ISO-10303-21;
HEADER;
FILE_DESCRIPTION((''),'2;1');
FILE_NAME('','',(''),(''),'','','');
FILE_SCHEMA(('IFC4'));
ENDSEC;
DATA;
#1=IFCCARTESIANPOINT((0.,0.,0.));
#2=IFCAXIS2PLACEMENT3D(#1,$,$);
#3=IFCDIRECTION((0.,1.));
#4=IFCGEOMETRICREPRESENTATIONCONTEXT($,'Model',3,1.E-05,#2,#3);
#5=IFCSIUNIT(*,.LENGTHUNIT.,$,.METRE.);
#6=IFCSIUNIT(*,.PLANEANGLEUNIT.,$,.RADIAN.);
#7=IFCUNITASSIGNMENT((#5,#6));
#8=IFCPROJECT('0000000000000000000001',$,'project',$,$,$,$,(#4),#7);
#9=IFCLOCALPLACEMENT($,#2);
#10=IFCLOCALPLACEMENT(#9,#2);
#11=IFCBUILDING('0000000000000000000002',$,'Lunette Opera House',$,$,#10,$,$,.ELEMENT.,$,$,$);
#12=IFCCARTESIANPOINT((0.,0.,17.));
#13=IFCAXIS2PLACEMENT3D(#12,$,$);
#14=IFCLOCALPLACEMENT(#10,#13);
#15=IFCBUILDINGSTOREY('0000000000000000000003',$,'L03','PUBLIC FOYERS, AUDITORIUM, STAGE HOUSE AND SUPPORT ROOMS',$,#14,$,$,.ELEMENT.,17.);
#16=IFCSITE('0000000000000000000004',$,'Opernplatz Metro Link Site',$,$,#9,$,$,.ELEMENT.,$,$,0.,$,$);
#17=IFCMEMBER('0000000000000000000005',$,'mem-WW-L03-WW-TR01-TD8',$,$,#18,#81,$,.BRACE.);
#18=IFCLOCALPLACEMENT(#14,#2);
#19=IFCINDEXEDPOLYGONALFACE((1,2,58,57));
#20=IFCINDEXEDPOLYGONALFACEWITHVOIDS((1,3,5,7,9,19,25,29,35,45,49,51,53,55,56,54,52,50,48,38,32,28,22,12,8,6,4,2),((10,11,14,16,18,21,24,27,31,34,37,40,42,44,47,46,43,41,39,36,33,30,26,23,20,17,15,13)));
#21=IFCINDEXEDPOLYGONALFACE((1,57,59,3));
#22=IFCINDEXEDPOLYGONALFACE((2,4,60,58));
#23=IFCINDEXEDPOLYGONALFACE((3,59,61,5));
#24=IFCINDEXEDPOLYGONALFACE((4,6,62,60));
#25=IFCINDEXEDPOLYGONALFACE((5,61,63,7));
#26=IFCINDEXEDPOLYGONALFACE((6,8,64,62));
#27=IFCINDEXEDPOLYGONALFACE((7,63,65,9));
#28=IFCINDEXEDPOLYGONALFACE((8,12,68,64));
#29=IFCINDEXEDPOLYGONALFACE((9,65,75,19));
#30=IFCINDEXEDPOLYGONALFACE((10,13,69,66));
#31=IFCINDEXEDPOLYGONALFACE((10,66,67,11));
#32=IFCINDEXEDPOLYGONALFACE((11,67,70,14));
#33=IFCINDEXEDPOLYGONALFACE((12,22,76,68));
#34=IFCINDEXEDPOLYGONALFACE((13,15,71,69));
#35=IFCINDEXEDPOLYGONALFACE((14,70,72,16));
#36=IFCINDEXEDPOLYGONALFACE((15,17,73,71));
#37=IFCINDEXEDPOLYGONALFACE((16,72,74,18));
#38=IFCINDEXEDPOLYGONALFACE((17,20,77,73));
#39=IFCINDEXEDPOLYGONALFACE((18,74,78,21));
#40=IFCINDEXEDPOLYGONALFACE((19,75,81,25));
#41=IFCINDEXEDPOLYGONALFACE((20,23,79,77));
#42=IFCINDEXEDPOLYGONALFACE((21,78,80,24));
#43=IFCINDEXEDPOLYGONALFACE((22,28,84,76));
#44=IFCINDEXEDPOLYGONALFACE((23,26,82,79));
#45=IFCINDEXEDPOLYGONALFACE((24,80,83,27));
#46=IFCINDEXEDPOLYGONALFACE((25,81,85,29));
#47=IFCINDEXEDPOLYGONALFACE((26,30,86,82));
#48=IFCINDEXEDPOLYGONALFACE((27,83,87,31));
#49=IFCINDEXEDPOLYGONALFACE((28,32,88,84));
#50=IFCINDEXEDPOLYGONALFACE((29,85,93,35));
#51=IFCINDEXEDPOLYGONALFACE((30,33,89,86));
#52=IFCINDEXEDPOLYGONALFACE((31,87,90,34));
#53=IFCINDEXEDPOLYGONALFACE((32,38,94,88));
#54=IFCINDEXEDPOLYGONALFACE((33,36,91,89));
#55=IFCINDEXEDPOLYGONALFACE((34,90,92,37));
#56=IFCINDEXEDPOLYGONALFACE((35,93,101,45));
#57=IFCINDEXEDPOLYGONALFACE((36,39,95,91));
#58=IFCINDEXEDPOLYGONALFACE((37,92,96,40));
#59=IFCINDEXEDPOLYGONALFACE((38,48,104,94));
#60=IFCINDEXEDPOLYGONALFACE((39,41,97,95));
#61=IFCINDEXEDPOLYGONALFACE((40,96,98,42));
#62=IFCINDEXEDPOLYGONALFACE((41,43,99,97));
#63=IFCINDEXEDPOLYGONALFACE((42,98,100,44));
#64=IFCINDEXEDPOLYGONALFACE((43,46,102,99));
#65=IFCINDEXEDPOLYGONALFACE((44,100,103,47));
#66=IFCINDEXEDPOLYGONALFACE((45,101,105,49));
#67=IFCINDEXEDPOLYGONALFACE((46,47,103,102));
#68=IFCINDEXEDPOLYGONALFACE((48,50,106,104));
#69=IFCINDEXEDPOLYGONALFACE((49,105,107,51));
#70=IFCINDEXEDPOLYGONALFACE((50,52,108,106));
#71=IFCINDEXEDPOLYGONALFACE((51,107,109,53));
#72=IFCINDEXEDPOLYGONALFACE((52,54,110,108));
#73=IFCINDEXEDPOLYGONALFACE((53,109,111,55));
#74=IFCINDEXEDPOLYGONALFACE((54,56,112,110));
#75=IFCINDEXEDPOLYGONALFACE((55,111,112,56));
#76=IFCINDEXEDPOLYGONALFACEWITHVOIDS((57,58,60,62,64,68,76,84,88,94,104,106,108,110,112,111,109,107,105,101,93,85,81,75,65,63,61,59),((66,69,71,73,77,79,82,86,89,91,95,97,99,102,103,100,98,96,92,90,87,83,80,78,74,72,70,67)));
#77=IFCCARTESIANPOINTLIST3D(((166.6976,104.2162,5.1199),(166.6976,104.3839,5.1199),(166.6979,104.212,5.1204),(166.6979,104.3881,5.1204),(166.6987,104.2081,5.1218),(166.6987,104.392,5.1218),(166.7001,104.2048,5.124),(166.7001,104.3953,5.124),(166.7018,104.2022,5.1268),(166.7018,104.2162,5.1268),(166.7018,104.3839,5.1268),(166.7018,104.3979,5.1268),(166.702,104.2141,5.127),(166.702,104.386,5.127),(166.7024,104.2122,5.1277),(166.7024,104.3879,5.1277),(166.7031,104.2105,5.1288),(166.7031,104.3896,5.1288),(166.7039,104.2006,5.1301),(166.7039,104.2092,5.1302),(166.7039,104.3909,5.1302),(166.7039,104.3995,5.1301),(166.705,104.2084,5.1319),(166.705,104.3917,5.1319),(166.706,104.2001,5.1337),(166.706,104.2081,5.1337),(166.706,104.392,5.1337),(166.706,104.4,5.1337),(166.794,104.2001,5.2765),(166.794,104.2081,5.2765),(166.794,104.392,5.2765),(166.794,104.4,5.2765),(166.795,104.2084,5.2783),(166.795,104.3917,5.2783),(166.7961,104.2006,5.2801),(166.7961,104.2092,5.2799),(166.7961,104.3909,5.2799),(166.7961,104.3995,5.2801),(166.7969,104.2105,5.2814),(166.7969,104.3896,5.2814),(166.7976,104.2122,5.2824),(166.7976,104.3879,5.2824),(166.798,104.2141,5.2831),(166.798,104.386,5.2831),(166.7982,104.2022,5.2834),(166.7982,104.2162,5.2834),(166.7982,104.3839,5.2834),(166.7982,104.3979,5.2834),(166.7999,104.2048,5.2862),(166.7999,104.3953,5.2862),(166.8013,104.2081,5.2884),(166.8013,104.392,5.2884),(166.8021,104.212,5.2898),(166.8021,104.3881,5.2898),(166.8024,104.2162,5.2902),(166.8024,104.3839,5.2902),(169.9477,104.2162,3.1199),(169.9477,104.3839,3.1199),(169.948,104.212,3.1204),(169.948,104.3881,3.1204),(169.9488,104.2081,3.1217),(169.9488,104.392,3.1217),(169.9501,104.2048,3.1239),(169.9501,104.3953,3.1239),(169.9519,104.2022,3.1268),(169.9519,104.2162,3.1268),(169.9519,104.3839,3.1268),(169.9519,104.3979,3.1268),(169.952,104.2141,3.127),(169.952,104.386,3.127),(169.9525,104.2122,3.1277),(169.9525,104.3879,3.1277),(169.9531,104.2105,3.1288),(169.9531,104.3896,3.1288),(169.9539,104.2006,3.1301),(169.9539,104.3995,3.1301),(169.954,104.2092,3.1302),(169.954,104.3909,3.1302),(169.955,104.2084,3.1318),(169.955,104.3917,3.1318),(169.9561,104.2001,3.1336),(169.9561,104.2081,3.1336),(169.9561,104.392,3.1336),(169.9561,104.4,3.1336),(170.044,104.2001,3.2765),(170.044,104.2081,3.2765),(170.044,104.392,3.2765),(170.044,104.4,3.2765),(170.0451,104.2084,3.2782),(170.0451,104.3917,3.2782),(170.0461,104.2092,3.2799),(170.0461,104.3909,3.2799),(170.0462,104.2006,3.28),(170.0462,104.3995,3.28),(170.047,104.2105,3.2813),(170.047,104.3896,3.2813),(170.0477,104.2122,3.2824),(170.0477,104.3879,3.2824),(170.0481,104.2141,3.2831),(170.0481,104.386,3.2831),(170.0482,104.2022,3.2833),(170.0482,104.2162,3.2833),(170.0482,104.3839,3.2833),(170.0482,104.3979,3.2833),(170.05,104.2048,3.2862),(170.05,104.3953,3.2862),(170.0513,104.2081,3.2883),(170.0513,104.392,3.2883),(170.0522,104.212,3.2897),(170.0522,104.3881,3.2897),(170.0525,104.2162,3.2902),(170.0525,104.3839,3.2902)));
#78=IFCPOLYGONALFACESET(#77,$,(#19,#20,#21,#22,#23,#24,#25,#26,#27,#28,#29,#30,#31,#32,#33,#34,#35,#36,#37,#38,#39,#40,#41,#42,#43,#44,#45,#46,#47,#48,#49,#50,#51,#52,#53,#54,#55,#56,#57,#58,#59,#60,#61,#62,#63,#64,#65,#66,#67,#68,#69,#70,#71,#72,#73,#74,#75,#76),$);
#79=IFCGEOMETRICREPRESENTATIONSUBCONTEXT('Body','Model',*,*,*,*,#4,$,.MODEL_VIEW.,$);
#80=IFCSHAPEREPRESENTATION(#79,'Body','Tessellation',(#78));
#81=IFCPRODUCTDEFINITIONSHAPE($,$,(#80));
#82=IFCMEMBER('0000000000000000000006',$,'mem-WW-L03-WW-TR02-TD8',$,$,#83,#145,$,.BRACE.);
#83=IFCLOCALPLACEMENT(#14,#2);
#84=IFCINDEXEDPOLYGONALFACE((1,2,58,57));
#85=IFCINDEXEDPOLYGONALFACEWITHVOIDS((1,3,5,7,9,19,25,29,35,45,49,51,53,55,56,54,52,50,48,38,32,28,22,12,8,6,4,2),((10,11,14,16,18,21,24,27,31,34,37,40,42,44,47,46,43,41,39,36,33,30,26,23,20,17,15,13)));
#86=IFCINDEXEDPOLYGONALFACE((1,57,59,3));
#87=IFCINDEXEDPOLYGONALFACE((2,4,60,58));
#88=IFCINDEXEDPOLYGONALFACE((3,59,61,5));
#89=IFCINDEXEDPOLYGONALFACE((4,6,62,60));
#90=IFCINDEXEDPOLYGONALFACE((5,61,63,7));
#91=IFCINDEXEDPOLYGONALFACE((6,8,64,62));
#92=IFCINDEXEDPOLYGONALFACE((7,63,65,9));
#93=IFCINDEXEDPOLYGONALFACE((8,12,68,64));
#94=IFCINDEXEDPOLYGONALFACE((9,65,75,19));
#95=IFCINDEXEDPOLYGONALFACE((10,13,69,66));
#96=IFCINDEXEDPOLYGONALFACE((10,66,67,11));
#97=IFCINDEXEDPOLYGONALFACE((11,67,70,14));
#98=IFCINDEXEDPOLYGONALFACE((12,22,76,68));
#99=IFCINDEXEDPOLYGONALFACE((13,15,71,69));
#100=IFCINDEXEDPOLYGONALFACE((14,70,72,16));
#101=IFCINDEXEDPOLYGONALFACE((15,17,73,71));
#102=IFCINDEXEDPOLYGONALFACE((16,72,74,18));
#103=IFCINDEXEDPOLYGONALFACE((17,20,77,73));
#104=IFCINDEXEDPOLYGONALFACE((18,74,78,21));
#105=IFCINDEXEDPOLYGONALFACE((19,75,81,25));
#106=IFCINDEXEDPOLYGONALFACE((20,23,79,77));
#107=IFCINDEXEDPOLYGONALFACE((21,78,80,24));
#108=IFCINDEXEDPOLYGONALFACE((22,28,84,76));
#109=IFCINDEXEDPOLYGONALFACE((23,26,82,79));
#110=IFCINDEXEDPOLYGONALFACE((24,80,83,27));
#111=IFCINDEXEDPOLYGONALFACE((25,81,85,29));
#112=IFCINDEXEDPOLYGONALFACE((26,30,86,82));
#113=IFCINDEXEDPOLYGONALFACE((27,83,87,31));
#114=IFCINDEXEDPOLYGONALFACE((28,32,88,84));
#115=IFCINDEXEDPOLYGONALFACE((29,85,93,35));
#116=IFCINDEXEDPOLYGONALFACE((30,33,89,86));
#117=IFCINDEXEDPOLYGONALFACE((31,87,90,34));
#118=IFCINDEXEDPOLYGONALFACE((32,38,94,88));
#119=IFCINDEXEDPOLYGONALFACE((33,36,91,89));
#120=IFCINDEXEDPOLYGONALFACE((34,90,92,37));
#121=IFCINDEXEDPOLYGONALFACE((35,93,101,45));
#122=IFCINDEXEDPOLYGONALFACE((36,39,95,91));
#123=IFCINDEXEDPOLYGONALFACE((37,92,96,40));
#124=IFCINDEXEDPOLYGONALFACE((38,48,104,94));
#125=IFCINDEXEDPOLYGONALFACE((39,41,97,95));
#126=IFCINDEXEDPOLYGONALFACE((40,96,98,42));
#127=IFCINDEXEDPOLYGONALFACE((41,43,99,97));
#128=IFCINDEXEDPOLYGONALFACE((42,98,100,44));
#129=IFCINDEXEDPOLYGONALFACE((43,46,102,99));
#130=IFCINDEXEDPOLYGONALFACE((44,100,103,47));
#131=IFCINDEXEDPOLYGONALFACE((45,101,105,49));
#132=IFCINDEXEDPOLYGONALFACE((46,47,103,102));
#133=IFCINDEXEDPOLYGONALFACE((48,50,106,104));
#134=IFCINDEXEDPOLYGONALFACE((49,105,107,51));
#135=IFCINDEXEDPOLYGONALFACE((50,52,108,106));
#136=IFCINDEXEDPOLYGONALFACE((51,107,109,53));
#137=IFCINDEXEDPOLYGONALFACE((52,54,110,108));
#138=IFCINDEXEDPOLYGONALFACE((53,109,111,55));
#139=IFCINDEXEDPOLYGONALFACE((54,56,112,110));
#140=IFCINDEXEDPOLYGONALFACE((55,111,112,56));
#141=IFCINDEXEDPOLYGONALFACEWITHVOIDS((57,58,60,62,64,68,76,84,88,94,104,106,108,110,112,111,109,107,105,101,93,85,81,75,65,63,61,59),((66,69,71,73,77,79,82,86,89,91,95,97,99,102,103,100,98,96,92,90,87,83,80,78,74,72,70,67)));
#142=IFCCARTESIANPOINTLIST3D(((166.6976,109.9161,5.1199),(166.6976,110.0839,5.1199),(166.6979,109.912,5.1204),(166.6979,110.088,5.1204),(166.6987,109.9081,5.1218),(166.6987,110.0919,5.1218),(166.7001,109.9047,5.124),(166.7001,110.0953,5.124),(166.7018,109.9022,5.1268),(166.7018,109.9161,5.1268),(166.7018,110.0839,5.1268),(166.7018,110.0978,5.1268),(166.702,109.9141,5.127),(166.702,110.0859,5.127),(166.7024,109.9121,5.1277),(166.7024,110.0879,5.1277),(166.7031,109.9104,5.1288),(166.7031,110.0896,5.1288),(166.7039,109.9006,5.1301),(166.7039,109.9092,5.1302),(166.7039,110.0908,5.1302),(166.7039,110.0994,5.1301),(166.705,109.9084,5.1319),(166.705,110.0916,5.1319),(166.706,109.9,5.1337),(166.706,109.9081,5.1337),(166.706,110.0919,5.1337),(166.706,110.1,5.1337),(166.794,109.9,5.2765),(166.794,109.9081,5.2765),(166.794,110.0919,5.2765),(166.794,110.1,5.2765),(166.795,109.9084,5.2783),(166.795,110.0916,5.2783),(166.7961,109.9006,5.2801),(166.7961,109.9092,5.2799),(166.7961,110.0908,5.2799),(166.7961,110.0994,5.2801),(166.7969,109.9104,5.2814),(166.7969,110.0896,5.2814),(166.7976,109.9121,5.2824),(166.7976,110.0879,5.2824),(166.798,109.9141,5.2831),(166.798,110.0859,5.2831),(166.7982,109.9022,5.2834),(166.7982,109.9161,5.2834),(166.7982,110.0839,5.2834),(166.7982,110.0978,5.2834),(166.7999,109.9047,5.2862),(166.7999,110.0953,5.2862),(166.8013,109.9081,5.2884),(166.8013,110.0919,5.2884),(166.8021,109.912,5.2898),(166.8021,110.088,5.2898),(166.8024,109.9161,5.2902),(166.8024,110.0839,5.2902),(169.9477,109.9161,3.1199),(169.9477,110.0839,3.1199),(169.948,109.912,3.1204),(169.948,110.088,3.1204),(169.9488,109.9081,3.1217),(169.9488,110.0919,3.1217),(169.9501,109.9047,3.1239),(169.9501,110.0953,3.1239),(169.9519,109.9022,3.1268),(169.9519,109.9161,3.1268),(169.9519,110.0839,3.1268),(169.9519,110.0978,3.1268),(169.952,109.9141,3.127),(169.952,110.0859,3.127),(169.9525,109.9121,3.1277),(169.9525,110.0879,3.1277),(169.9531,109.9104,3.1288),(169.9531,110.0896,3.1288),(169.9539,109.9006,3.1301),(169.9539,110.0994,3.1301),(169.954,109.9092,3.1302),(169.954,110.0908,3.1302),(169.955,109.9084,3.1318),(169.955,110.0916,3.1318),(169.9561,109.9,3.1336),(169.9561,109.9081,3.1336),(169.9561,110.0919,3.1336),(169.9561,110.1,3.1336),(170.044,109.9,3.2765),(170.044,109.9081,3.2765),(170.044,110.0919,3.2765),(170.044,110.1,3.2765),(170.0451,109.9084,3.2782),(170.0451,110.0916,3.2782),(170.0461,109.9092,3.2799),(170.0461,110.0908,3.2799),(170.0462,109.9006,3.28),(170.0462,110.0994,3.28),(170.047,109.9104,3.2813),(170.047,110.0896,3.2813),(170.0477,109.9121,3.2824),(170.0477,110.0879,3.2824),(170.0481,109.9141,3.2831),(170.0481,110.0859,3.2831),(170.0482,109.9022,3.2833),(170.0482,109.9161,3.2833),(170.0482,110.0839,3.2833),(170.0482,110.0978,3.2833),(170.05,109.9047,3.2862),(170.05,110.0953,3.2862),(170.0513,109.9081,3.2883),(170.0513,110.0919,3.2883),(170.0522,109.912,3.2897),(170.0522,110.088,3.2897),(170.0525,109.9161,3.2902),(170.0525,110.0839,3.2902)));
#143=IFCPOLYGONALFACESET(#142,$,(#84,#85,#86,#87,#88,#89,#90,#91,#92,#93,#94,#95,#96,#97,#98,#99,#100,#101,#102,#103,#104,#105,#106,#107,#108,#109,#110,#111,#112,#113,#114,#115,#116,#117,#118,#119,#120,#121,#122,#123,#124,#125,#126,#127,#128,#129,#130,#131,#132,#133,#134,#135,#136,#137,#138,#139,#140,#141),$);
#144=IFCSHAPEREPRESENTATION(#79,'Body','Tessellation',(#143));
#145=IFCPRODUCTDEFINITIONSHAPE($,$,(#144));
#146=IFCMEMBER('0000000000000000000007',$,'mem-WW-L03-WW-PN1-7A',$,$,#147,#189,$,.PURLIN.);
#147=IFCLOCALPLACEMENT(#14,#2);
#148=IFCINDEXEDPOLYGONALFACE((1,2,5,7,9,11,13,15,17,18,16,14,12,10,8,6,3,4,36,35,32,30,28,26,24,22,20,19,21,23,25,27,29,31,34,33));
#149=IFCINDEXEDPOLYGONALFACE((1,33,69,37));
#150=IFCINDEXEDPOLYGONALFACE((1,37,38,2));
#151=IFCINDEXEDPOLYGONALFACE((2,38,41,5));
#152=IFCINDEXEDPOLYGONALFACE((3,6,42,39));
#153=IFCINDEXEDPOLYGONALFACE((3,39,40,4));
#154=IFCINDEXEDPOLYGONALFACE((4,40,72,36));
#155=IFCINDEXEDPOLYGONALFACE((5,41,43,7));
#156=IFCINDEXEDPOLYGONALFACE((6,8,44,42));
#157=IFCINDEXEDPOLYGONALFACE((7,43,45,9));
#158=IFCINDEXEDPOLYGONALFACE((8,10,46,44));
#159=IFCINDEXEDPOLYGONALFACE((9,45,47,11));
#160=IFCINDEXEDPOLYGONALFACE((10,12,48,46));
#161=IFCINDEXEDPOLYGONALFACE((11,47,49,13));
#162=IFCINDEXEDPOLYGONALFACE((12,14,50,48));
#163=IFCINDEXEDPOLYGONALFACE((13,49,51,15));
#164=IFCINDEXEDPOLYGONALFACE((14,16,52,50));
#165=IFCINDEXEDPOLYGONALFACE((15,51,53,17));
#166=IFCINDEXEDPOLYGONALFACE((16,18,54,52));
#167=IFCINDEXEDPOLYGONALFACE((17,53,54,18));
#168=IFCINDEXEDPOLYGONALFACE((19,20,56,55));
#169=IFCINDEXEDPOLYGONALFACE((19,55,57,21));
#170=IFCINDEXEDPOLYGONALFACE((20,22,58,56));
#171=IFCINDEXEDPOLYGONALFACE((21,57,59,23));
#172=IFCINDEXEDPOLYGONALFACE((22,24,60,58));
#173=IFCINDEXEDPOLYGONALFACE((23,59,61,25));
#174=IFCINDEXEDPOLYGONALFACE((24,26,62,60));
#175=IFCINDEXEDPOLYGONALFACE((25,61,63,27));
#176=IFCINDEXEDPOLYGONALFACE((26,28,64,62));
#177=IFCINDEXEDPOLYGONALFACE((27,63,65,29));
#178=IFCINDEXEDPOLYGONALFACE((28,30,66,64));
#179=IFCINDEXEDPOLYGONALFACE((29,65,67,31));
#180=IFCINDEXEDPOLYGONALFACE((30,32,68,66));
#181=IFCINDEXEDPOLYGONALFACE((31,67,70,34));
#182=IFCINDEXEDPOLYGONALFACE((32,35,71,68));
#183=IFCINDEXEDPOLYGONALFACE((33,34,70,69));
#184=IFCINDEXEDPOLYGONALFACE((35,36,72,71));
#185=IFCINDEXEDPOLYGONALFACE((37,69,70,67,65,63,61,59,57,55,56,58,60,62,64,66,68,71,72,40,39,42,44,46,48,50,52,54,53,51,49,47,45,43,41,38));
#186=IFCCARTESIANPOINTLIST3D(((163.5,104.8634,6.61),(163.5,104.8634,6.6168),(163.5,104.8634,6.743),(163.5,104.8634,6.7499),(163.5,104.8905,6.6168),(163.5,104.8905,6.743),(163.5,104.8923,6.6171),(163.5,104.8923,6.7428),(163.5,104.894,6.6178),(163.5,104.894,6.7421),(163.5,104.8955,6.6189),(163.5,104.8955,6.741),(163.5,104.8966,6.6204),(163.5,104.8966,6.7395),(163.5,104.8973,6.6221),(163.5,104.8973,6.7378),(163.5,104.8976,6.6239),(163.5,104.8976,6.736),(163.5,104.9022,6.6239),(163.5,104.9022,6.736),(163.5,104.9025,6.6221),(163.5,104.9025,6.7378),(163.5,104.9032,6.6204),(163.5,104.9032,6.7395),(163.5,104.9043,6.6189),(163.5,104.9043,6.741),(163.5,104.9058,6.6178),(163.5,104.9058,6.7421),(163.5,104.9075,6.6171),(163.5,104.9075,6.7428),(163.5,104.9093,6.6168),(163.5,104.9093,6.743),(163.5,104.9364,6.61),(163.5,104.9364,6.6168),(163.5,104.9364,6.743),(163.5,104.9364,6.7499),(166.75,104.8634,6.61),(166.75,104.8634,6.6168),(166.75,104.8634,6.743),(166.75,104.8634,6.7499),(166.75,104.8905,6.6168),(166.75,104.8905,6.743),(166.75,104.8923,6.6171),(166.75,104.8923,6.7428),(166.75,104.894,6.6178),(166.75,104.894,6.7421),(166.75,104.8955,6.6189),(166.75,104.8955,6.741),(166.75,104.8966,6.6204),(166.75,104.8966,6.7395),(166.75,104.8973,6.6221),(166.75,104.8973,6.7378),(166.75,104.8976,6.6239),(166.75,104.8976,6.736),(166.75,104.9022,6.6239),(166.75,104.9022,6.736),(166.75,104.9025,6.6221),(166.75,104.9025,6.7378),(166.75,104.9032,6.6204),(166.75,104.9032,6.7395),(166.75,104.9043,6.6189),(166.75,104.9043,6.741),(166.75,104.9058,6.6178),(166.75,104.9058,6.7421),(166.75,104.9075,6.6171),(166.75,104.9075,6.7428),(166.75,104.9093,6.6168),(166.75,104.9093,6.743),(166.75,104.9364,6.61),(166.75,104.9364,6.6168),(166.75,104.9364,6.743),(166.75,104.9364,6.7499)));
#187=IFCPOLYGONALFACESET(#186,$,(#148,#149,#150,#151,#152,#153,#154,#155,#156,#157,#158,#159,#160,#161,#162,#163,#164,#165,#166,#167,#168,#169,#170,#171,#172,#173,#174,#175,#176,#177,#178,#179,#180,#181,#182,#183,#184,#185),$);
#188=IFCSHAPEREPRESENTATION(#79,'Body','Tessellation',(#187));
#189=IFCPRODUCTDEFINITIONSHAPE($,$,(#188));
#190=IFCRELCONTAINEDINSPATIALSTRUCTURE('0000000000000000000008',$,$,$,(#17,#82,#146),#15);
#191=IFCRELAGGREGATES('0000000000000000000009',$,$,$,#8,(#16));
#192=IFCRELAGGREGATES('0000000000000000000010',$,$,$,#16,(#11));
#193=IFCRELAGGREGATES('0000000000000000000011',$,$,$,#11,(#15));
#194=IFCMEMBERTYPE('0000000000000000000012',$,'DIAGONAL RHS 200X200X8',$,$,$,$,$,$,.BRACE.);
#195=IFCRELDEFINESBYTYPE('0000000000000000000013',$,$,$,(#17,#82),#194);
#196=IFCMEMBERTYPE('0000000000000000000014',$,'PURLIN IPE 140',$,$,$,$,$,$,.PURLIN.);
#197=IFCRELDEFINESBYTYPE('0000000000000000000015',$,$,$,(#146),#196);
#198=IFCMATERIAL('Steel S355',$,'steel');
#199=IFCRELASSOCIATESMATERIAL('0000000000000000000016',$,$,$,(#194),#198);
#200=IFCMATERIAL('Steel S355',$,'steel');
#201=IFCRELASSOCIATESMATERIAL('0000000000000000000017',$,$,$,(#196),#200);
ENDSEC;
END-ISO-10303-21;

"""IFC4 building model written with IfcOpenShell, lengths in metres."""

from ifc_helpers import new_model, si_unit, direction, frame, origin, origin_2d, place, context, subcontext, project, spatial, hollow_rectangle, i_section, extrude, material, material_profile, profile_set, type_object, element, save


model = new_model("IFC4")

# Units and contexts
model_context = context("Model", 3, precision=1e-05, world=origin(), true_north=direction((0.0, 1.0)))
body_context = subcontext(model_context, "Body", "Model", "MODEL_VIEW")
ifc_project = project(units=[si_unit("LENGTHUNIT", "METRE"), si_unit("PLANEANGLEUNIT", "RADIAN")], contexts=[model_context])

# Site, building, storey
site_placement = place(None, origin())
site = spatial("IfcSite", under=ifc_project, at=site_placement, Name="Opernplatz Metro Link Site", CompositionType="ELEMENT", RefElevation=0.0)
building_placement = place(site_placement, origin())
building = spatial("IfcBuilding", under=site, at=building_placement, Name="Lunette Opera House", CompositionType="ELEMENT")
storey_placement = place(building_placement, frame((0.0, 0.0, 17.0)))
storey = spatial("IfcBuildingStorey", under=building, at=storey_placement, Name="L03", Description="PUBLIC FOYERS, AUDITORIUM, STAGE HOUSE AND SUPPORT ROOMS", CompositionType="ELEMENT", Elevation=17.0)

# Members
ifc_material_1 = material(Name="Steel S355", Category="steel")
ifc_material_profile_1 = material_profile(ifc_material_1, hollow_rectangle(XDim=0.2, YDim=0.2, WallThickness=0.0081, InnerFilletRadius=0.0081, OuterFilletRadius=0.0161, at=origin_2d()), Name="RHS 200X200X8")
ifc_profile_set_1 = profile_set([ifc_material_profile_1], Name="Steel S355")
member_type_1 = type_object("IfcMemberType", Name="DIAGONAL RHS 200X200X8", PredefinedType="BRACE", material=ifc_profile_set_1)
for number, where, z_axis, x_axis, name in (
    (1, (166.75, 104.3, 5.2051), (0.851658, 0.0, -0.524097), (0.0, 1.0, 0.0), "mem-WW-L03-WW-TR01-TD8"),
    (2, (166.75, 110.0, 5.2051), (0.851658, 0.0, -0.524097), (0.0, 1.0, 0.0), "mem-WW-L03-WW-TR02-TD8"),
):
    element("IfcMember", number, at=place(storey_placement, frame(where, z_axis=z_axis, x_axis=x_axis)), inside=storey, type_object=member_type_1, Name=name, PredefinedType="BRACE", context=body_context, shape_type="SweptSolid", body=[
        extrude(hollow_rectangle(XDim=0.2, YDim=0.2, WallThickness=0.0081, InnerFilletRadius=0.0081, OuterFilletRadius=0.0161, at=origin_2d()), origin(), (0.0, 0.0, 1.0), 3.8162),
    ])
ifc_material_2 = material(Name="Steel S355", Category="steel")
ifc_material_profile_2 = material_profile(ifc_material_2, i_section(OverallWidth=0.073, OverallDepth=0.1399, WebThickness=0.0046, FlangeThickness=0.0068, FilletRadius=0.0071, at=origin_2d()), Name="IPE 140")
ifc_profile_set_2 = profile_set([ifc_material_profile_2], Name="Steel S355")
member_type_2 = type_object("IfcMemberType", Name="PURLIN IPE 140", PredefinedType="PURLIN", material=ifc_profile_set_2)
for number, where, z_axis, x_axis, name in (
    (3, (163.5, 104.8999, 6.6799), (1.0, 0.0, 0.0), (0.0, 1.0, 0.0), "mem-WW-L03-WW-PN1-7A"),
):
    element("IfcMember", number, at=place(storey_placement, frame(where, z_axis=z_axis, x_axis=x_axis)), inside=storey, type_object=member_type_2, Name=name, PredefinedType="PURLIN", context=body_context, shape_type="SweptSolid", body=[
        extrude(i_section(OverallWidth=0.073, OverallDepth=0.1399, WebThickness=0.0046, FlangeThickness=0.0068, FilletRadius=0.0071, at=origin_2d()), origin(), (0.0, 0.0, 1.0), 3.25),
    ])

save(model, "model.ifc")
